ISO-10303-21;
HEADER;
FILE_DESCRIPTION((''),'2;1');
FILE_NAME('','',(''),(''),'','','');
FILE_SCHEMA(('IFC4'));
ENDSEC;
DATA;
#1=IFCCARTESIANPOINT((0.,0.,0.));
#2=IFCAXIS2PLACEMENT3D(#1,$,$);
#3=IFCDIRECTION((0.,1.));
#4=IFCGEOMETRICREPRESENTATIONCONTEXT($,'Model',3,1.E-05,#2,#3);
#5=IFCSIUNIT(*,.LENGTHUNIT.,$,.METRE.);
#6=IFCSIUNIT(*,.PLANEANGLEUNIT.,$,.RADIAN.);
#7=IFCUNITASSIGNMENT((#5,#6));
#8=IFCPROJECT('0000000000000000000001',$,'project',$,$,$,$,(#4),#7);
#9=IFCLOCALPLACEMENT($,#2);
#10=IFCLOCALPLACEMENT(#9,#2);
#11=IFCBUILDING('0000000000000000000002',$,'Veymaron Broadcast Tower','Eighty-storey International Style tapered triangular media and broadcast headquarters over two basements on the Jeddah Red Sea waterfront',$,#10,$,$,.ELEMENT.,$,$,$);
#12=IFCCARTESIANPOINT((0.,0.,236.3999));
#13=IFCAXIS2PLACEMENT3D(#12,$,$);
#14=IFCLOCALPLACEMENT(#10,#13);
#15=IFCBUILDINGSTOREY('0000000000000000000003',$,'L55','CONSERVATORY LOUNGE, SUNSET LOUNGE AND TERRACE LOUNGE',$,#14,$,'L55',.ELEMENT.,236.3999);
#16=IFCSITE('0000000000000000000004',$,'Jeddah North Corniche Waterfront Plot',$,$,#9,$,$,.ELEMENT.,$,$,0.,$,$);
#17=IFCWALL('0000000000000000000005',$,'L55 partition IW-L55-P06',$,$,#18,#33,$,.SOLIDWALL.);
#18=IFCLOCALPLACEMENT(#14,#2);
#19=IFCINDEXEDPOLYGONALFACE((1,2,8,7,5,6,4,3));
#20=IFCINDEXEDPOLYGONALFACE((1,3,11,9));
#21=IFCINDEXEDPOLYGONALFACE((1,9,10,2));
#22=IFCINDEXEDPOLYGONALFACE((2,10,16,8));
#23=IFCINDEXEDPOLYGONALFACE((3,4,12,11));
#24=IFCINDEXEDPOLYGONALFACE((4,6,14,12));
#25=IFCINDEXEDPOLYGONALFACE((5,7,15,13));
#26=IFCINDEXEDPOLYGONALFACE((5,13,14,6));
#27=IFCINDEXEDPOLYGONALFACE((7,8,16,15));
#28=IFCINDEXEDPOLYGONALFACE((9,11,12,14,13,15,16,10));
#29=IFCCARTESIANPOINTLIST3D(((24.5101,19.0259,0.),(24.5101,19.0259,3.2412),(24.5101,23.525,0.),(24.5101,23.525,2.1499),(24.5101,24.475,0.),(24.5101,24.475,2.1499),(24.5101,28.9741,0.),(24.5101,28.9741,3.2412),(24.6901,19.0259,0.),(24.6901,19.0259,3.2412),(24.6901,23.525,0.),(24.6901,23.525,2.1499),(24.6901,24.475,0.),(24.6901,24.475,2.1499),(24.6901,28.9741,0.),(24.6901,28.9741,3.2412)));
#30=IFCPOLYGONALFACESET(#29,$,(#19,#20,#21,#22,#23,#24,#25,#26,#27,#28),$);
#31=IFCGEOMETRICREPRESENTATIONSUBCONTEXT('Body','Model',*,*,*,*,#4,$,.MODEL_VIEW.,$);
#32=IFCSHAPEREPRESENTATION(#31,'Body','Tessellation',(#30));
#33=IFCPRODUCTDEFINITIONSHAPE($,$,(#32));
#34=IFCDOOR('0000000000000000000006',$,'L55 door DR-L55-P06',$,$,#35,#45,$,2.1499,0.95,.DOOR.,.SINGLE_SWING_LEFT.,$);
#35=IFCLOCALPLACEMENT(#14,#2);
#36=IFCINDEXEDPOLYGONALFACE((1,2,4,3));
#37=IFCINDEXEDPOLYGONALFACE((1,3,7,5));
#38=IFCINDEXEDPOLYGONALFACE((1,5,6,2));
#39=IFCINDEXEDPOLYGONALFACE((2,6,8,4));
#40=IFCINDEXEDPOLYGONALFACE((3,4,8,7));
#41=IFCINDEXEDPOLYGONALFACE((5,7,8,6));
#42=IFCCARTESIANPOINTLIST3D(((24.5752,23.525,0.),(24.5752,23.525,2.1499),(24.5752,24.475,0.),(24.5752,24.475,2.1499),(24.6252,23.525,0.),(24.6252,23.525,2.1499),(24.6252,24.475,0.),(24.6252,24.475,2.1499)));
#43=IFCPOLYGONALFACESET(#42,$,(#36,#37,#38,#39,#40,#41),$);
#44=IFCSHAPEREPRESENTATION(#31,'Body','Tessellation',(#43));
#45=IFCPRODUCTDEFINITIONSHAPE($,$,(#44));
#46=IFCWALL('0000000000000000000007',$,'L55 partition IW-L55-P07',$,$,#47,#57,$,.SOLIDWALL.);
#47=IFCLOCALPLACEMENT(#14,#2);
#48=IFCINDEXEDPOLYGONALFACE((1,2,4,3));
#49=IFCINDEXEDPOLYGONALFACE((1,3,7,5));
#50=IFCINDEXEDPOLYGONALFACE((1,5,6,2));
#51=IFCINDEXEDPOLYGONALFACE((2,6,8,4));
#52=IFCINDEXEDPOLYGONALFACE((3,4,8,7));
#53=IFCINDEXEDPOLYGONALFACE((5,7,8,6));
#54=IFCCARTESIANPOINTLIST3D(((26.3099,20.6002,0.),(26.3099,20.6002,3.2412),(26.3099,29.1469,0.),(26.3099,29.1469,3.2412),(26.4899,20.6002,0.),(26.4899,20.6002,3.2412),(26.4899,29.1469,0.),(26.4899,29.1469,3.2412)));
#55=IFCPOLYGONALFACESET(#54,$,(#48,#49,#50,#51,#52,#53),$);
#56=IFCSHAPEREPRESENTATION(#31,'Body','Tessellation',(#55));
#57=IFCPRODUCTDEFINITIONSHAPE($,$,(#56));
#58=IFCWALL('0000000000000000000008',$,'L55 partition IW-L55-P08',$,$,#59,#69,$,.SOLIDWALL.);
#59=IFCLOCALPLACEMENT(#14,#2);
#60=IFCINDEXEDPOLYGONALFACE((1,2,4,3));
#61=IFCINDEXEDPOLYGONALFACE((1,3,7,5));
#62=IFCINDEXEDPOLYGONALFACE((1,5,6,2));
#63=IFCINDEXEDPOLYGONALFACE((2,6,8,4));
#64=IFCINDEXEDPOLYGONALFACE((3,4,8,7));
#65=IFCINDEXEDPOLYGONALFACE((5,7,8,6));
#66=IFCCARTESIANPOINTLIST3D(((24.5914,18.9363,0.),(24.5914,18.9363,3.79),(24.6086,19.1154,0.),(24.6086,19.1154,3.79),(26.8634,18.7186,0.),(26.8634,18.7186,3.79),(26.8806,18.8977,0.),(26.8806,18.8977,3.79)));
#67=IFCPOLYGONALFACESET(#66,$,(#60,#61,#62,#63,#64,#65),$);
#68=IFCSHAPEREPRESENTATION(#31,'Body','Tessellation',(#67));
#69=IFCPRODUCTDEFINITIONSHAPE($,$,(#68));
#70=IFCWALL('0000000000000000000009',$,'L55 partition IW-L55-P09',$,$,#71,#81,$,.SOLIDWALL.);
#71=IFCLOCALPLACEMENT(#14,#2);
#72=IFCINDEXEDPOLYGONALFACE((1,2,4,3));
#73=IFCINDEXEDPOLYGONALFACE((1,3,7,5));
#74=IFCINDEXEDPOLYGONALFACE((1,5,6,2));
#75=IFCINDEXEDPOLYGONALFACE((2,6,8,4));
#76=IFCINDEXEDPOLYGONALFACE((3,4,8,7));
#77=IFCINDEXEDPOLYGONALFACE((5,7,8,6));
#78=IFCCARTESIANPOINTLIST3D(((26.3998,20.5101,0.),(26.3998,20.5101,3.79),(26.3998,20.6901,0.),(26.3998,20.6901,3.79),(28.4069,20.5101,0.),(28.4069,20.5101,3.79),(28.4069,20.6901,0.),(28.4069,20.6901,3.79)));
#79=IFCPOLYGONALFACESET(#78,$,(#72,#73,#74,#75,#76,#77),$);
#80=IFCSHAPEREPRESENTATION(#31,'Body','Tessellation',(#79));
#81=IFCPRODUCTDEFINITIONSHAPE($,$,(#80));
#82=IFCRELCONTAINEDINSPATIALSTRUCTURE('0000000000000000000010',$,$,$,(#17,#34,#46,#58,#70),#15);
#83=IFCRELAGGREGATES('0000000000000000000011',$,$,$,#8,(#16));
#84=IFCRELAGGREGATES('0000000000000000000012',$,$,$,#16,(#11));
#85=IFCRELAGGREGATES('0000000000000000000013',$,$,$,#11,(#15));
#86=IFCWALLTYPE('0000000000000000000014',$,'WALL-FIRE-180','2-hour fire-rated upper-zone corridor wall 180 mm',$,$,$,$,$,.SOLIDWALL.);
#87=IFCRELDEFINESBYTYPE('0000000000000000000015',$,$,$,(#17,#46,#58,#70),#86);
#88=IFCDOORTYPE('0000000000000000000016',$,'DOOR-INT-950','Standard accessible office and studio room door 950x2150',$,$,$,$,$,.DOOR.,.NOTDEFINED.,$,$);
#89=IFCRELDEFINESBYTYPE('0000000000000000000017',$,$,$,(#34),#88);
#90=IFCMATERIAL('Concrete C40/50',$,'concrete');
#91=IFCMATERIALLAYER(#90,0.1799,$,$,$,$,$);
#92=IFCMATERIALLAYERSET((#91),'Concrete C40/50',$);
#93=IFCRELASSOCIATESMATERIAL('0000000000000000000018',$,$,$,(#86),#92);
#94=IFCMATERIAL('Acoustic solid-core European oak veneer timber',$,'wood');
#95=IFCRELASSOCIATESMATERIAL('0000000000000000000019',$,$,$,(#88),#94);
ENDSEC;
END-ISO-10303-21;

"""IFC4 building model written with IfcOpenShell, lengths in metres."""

from ifc_helpers import new_model, si_unit, direction, frame, frame_2d, origin, place, context, subcontext, project, spatial, rectangle, extrude, material, layer, layer_set, type_object, element, fill, save


model = new_model("IFC4")

# Units and contexts
model_context = context("Model", 3, precision=1e-05, world=origin(), true_north=direction((0.0, 1.0)))
body_context = subcontext(model_context, "Body", "Model", "MODEL_VIEW")
ifc_project = project(units=[si_unit("LENGTHUNIT", "METRE"), si_unit("PLANEANGLEUNIT", "RADIAN")], contexts=[model_context])

# Site, building, storey
site_placement = place(None, origin())
site = spatial("IfcSite", under=ifc_project, at=site_placement, Name="Jeddah North Corniche Waterfront Plot", CompositionType="ELEMENT", RefElevation=0.0)
building_placement = place(site_placement, origin())
building = spatial("IfcBuilding", under=site, at=building_placement, Name="Veymaron Broadcast Tower", Description="Eighty-storey International Style tapered triangular media and broadcast headquarters over two basements on the Jeddah Red Sea waterfront", CompositionType="ELEMENT")
storey_placement = place(building_placement, frame((0.0, 0.0, 236.3999)))
storey = spatial("IfcBuildingStorey", under=building, at=storey_placement, Name="L55", Description="CONSERVATORY LOUNGE, SUNSET LOUNGE AND TERRACE LOUNGE", LongName="L55", CompositionType="ELEMENT", Elevation=236.3999)

# Shared definitions
ifc_material_1 = material(Name="Concrete C40/50", Category="concrete")

# Wall, opening, door
ifc_layer_1 = layer(ifc_material_1, 0.1799)
ifc_layer_set_1 = layer_set([ifc_layer_1], Name="Concrete C40/50")
wall_type_1 = type_object("IfcWallType", Name="WALL-FIRE-180", Description="2-hour fire-rated upper-zone corridor wall 180 mm", PredefinedType="SOLIDWALL", material=ifc_layer_set_1)
ifc_material_2 = material(Name="Acoustic solid-core European oak veneer timber", Category="wood")
door_type = type_object("IfcDoorType", Name="DOOR-INT-950", Description="Standard accessible office and studio room door 950x2150", OperationType="NOTDEFINED", PredefinedType="DOOR", material=ifc_material_2)
wall_1_placement = place(storey_placement, frame((24.6001, 19.0259, 0.0), z_axis=(0.0, 0.0, 1.0), x_axis=(0.0, 1.0, 0.0)))
wall_1 = element("IfcWall", 1, at=wall_1_placement, inside=storey, type_object=wall_type_1, Name="L55 partition IW-L55-P06", PredefinedType="SOLIDWALL", context=body_context, shape_type="SweptSolid", body=[
    extrude(rectangle(XDim=9.9482, YDim=0.1799, at=frame_2d((4.9741, 0.0))), origin(), (0.0, 0.0, 1.0), 3.2412),
])
opening_1_placement = place(wall_1_placement, frame((4.499, 0.0, 0.0)))
opening_1 = element("IfcOpeningElement", 2, at=opening_1_placement, cuts=wall_1, PredefinedType="OPENING", context=body_context, shape_type="SweptSolid", body=[
    extrude(rectangle(XDim=0.95, YDim=2.1499, at=frame_2d((0.4751, 1.075))), frame((0.0, 0.1001, 0.0), z_axis=(0.0, -1.0, 0.0), x_axis=(1.0, 0.0, 0.0)), (0.0, 0.0, 1.0), 0.2),
])
door_1_placement = place(opening_1_placement, origin())
door_1 = element("IfcDoor", 3, at=door_1_placement, inside=storey, type_object=door_type, Name="L55 door DR-L55-P06", OperationType="SINGLE_SWING_LEFT", OverallHeight=2.1499, OverallWidth=0.95, PredefinedType="DOOR", context=body_context, shape_type="SweptSolid", body=[
    extrude(rectangle(XDim=0.95, YDim=2.1499, at=frame_2d((0.4751, 1.075))), frame((0.0, 0.0249, 0.0), z_axis=(0.0, -1.0, 0.0), x_axis=(1.0, 0.0, 0.0)), (0.0, 0.0, 1.0), 0.05),
])
fill(opening_1, door_1)

# Walls
wall_2_placement = place(storey_placement, frame((26.3999, 20.6001, 0.0), z_axis=(0.0, 0.0, 1.0), x_axis=(0.0, 1.0, 0.0)))
element("IfcWall", 4, at=wall_2_placement, inside=storey, type_object=wall_type_1, Name="L55 partition IW-L55-P07", PredefinedType="SOLIDWALL", context=body_context, shape_type="SweptSolid", body=[
    extrude(rectangle(XDim=8.5466, YDim=0.1799, at=frame_2d((4.2734, 0.0))), origin(), (0.0, 0.0, 1.0), 3.2412),
])
wall_3_placement = place(storey_placement, frame((24.6001, 19.0259, 0.0), z_axis=(0.0, 0.0, 1.0), x_axis=(0.995438, -0.095415, 0.0)))
element("IfcWall", 5, at=wall_3_placement, inside=storey, type_object=wall_type_1, Name="L55 partition IW-L55-P08", PredefinedType="SOLIDWALL", context=body_context, shape_type="SweptSolid", body=[
    extrude(rectangle(XDim=2.2825, YDim=0.1799, at=frame_2d((1.1411, 0.0))), origin(), (0.0, 0.0, 1.0), 3.79),
])
wall_4_placement = place(storey_placement, frame((26.3999, 20.6001, 0.0), z_axis=(0.0, 0.0, 1.0), x_axis=(1.0, 0.0, 0.0)))
element("IfcWall", 6, at=wall_4_placement, inside=storey, type_object=wall_type_1, Name="L55 partition IW-L55-P09", PredefinedType="SOLIDWALL", context=body_context, shape_type="SweptSolid", body=[
    extrude(rectangle(XDim=2.0071, YDim=0.1799, at=frame_2d((1.0034, 0.0))), origin(), (0.0, 0.0, 1.0), 3.79),
])

save(model, "model.ifc")
